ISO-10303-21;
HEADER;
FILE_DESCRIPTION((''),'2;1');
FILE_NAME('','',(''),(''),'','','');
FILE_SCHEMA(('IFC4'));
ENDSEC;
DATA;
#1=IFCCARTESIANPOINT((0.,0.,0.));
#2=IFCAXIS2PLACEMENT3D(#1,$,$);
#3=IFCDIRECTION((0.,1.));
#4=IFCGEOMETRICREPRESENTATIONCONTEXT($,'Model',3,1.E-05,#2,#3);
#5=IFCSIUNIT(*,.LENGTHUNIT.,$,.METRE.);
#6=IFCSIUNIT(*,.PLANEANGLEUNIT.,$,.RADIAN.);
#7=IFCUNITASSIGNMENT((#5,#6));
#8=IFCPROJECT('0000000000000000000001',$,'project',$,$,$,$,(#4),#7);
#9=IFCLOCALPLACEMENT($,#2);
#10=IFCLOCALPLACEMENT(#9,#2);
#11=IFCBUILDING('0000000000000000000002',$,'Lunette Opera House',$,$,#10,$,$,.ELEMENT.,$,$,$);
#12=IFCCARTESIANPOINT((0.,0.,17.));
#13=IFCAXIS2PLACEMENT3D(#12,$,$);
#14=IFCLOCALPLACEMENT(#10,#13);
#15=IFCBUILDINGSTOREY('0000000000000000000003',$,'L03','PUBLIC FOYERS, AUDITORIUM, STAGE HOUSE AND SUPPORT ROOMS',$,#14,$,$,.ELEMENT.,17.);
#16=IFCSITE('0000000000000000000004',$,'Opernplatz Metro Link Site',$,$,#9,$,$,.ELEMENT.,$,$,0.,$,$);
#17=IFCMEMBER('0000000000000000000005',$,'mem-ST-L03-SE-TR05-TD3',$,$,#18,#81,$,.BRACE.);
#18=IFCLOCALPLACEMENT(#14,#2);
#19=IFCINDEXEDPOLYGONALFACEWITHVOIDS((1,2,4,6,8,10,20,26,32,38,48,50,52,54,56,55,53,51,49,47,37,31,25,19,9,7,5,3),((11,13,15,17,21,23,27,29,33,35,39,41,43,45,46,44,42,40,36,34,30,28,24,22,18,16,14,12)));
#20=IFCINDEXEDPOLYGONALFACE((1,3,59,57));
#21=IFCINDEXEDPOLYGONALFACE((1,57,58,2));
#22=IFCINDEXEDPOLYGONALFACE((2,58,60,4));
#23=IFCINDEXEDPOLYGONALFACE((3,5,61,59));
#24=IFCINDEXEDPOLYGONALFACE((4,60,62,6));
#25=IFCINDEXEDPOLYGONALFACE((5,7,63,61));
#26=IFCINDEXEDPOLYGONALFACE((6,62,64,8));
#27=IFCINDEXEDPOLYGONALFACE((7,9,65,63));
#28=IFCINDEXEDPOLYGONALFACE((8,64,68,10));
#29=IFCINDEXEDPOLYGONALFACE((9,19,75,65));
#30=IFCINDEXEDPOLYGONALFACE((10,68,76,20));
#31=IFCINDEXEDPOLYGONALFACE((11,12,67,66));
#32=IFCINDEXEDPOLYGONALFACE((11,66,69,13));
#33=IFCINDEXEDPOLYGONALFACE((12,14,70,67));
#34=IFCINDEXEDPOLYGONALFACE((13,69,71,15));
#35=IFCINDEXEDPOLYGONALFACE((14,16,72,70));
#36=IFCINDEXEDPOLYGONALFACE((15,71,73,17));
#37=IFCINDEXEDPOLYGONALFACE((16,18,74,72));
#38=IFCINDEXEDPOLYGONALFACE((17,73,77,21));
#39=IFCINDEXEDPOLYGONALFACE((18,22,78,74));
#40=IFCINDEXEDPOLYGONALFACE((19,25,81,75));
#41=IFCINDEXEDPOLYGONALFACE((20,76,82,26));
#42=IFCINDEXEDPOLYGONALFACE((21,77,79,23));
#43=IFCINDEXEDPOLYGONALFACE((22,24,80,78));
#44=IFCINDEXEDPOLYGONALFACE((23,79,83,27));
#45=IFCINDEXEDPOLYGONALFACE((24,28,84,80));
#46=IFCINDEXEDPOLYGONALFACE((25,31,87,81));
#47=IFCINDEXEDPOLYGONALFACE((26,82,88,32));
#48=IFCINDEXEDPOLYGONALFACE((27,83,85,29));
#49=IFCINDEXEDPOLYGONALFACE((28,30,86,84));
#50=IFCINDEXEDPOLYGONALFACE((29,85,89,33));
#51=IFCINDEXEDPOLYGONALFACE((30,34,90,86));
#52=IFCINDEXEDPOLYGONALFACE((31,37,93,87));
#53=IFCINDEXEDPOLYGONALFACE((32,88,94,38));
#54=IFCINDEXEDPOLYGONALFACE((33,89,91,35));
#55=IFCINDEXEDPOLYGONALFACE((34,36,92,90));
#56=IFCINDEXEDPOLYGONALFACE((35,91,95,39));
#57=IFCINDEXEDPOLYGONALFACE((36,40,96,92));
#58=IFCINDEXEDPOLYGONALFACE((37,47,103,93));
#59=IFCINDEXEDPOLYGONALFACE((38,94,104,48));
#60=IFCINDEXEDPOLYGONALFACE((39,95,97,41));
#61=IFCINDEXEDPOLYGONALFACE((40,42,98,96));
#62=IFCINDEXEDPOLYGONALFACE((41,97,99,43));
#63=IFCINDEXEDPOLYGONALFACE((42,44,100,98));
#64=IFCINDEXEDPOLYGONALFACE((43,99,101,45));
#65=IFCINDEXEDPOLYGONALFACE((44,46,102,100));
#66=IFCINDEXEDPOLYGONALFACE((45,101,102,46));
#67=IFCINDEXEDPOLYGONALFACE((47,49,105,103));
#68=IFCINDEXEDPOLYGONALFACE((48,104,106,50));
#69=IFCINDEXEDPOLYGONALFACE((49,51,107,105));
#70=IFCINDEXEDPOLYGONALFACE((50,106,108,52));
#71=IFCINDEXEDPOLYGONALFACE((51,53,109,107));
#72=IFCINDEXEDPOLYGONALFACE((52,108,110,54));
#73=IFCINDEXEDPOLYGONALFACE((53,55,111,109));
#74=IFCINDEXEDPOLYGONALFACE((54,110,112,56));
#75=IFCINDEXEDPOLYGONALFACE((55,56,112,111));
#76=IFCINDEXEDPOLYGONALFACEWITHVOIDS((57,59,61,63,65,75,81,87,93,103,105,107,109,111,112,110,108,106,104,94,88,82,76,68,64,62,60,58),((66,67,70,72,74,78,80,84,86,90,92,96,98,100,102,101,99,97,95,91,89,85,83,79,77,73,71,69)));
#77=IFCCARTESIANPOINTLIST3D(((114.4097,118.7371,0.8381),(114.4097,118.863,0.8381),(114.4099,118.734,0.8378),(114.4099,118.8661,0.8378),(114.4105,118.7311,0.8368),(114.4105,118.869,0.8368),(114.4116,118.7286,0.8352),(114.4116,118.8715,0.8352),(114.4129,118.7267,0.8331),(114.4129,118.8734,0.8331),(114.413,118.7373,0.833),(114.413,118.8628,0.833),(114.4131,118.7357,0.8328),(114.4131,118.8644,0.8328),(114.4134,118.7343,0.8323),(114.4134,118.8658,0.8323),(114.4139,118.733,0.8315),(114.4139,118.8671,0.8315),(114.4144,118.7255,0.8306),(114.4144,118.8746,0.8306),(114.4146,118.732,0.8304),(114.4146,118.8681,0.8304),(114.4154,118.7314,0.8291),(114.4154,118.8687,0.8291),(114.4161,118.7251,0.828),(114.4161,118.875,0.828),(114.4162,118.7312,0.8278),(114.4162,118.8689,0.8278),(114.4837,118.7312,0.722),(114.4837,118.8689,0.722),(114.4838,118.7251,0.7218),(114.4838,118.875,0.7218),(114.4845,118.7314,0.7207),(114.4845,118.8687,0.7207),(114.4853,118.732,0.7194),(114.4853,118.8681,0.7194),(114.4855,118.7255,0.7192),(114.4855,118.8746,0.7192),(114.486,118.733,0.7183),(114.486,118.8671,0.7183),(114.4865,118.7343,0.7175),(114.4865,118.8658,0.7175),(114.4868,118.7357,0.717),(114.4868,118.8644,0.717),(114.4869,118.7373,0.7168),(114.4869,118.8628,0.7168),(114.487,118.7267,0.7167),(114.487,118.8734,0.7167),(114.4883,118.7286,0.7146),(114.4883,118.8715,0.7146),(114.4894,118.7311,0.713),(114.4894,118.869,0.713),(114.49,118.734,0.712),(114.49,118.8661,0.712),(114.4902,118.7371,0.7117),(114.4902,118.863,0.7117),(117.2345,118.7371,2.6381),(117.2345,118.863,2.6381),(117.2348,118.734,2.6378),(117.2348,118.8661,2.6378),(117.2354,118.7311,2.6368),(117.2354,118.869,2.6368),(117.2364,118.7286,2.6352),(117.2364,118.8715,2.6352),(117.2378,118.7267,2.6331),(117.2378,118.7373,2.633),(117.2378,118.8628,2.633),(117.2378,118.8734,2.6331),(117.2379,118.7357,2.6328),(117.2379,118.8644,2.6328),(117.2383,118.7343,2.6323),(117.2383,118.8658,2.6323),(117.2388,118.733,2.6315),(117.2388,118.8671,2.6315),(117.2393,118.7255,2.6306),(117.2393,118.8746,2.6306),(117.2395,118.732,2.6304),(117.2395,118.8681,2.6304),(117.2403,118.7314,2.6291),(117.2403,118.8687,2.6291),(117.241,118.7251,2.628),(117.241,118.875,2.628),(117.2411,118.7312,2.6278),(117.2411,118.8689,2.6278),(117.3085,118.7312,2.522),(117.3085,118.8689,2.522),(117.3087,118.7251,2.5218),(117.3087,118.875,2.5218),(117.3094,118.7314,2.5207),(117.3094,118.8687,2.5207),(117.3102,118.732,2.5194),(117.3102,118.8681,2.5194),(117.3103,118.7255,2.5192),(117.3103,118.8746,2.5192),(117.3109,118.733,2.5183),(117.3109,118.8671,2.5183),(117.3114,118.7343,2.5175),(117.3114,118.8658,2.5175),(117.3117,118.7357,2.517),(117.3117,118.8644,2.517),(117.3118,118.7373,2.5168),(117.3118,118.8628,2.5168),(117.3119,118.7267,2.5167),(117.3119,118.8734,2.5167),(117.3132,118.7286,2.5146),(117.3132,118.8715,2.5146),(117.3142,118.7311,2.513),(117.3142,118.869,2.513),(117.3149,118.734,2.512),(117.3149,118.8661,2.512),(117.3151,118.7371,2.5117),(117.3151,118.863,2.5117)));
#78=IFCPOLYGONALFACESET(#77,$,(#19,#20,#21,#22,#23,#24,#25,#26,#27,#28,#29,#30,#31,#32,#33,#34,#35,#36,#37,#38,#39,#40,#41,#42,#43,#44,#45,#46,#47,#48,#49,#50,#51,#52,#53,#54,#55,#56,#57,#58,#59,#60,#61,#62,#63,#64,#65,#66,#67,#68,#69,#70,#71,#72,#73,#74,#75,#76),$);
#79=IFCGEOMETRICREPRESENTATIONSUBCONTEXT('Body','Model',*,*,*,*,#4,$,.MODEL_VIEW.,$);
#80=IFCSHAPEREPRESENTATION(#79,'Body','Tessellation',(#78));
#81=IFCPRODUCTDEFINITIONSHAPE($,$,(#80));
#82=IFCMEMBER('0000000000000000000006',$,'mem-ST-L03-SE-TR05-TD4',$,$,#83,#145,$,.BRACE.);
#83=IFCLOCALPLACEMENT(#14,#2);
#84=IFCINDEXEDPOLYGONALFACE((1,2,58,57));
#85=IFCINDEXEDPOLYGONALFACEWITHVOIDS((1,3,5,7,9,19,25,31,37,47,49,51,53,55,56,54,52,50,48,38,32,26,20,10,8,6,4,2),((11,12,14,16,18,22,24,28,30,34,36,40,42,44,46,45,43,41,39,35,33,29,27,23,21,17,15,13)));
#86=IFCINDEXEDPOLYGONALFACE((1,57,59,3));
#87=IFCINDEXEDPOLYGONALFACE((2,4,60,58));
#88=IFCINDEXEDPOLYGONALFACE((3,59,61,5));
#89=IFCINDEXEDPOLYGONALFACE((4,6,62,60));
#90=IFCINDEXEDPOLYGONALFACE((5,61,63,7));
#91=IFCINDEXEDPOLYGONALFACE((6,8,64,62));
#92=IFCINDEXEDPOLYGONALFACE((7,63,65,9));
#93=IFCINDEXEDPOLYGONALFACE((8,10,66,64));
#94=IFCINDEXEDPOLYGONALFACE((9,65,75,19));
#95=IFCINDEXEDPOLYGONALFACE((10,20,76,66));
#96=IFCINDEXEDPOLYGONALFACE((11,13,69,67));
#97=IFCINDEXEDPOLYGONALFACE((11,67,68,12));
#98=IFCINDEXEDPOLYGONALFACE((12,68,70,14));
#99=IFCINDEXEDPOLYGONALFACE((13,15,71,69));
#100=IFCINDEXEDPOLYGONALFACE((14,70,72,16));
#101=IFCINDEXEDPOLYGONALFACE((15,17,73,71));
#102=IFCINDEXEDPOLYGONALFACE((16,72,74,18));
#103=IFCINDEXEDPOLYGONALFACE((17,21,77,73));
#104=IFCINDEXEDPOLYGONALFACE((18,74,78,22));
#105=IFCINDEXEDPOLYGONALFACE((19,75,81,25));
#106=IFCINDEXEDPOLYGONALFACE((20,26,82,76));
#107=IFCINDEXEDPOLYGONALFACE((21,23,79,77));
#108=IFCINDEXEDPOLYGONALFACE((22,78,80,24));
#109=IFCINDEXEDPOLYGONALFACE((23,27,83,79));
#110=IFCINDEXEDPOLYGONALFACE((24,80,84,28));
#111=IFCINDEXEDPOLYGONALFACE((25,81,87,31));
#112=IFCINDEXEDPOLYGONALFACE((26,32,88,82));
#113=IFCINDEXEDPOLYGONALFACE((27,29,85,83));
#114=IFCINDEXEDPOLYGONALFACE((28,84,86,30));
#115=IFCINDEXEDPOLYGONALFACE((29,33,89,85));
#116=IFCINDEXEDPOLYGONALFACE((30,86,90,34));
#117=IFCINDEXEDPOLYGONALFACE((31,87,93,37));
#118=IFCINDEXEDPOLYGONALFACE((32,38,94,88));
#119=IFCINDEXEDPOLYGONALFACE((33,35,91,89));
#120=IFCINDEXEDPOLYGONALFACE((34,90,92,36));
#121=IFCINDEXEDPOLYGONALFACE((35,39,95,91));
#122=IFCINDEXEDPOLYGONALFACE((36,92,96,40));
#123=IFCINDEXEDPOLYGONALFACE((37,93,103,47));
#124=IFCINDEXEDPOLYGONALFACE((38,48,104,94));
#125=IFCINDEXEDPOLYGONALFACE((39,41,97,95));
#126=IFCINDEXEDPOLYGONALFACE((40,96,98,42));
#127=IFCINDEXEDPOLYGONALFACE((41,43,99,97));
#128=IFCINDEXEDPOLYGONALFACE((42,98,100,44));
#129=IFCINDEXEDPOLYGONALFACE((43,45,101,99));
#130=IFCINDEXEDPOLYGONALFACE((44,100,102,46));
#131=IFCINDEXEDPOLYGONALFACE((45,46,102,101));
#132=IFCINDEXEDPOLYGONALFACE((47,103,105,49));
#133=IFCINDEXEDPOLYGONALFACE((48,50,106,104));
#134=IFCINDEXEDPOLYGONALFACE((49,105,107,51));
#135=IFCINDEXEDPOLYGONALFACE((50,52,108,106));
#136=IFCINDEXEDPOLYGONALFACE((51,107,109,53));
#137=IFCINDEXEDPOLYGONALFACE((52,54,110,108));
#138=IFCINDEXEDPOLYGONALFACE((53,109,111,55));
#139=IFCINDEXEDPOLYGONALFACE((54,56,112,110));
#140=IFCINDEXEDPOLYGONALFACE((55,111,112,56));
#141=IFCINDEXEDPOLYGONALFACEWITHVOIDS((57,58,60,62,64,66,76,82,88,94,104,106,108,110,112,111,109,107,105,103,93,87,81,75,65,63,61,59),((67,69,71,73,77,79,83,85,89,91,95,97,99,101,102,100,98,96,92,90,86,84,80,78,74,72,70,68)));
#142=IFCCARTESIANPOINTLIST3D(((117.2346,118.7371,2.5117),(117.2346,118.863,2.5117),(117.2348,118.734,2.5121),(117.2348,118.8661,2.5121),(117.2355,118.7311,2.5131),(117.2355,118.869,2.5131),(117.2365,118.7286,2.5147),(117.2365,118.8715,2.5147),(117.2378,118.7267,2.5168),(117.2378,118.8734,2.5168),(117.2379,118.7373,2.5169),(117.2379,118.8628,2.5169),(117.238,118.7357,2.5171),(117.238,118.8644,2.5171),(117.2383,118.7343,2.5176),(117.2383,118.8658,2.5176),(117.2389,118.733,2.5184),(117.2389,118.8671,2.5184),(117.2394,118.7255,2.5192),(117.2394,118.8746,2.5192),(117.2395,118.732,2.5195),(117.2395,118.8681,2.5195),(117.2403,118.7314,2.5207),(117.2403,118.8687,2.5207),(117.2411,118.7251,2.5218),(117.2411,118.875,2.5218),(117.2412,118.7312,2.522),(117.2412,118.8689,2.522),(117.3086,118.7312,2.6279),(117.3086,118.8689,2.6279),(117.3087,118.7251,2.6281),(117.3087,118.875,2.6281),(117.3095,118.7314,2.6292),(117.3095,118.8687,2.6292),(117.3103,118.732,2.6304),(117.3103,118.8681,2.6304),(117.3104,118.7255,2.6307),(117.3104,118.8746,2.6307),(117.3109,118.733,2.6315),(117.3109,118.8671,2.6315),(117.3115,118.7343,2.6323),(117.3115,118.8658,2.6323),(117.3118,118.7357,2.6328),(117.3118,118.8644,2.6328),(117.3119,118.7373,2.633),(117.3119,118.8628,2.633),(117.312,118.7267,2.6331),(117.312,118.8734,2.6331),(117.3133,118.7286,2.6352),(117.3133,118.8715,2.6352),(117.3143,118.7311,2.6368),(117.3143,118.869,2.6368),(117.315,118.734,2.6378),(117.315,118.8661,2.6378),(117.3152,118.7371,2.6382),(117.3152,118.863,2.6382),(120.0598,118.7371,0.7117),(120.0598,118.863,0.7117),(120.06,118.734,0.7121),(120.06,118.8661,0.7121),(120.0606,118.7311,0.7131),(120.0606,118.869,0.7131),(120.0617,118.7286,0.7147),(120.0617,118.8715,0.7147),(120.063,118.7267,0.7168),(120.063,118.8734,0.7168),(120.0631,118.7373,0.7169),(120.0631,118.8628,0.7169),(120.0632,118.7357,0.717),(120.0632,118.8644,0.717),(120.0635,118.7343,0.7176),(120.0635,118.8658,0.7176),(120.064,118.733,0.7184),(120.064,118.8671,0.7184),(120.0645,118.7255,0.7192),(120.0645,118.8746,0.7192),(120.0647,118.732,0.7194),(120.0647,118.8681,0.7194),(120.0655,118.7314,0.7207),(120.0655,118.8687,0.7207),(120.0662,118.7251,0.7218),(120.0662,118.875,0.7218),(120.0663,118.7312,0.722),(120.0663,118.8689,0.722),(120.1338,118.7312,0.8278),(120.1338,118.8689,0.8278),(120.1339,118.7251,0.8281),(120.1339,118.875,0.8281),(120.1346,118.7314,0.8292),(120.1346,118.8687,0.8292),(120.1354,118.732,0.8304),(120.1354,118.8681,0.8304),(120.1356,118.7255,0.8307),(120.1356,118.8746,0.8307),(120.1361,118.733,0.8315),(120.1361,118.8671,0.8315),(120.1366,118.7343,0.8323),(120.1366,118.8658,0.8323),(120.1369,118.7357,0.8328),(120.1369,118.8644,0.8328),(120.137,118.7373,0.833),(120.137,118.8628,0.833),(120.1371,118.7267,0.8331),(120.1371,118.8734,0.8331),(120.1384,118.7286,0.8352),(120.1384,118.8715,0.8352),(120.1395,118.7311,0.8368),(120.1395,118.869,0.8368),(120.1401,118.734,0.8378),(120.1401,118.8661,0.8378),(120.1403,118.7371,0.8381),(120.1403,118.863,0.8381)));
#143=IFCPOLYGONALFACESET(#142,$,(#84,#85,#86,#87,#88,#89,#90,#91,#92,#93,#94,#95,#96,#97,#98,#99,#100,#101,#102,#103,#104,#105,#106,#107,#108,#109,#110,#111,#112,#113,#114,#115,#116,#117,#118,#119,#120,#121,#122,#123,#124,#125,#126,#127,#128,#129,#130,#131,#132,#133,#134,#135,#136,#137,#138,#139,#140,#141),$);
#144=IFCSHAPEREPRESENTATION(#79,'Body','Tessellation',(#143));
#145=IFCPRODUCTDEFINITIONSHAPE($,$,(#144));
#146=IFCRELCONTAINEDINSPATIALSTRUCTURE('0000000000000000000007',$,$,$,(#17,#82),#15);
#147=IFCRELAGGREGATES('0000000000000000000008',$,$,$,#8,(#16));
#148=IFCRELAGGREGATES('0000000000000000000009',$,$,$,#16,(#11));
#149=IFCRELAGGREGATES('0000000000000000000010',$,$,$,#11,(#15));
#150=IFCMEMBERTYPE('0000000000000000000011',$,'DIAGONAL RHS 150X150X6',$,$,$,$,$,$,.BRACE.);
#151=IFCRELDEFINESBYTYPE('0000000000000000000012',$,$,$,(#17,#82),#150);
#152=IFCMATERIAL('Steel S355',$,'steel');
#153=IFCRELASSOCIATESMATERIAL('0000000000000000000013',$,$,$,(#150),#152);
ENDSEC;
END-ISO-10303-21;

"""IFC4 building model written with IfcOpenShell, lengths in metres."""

from ifc_helpers import new_model, si_unit, direction, frame, origin, origin_2d, place, context, subcontext, project, spatial, hollow_rectangle, extrude, material, material_profile, profile_set, type_object, element, save


model = new_model("IFC4")

# Units and contexts
model_context = context("Model", 3, precision=1e-05, world=origin(), true_north=direction((0.0, 1.0)))
body_context = subcontext(model_context, "Body", "Model", "MODEL_VIEW")
ifc_project = project(units=[si_unit("LENGTHUNIT", "METRE"), si_unit("PLANEANGLEUNIT", "RADIAN")], contexts=[model_context])

# Site, building, storey
site_placement = place(None, origin())
site = spatial("IfcSite", under=ifc_project, at=site_placement, Name="Opernplatz Metro Link Site", CompositionType="ELEMENT", RefElevation=0.0)
building_placement = place(site_placement, origin())
building = spatial("IfcBuilding", under=site, at=building_placement, Name="Lunette Opera House", CompositionType="ELEMENT")
storey_placement = place(building_placement, frame((0.0, 0.0, 17.0)))
storey = spatial("IfcBuildingStorey", under=building, at=storey_placement, Name="L03", Description="PUBLIC FOYERS, AUDITORIUM, STAGE HOUSE AND SUPPORT ROOMS", CompositionType="ELEMENT", Elevation=17.0)

# Members
ifc_material_1 = material(Name="Steel S355", Category="steel")
ifc_material_profile_1 = material_profile(ifc_material_1, hollow_rectangle(XDim=0.1499, YDim=0.1499, WallThickness=0.0061, InnerFilletRadius=0.0061, OuterFilletRadius=0.012, at=origin_2d()), Name="RHS 150X150X6")
ifc_profile_set_1 = profile_set([ifc_material_profile_1], Name="Steel S355")
member_type_1 = type_object("IfcMemberType", Name="DIAGONAL RHS 150X150X6", PredefinedType="BRACE", material=ifc_profile_set_1)
member_1_placement = place(storey_placement, frame((114.45, 118.8, 0.7749), z_axis=(0.843343, 0.0, 0.537375), x_axis=(0.0, 1.0, 0.0)))
element("IfcMember", 1, at=member_1_placement, inside=storey, type_object=member_type_1, Name="mem-ST-L03-SE-TR05-TD3", PredefinedType="BRACE", context=body_context, shape_type="SweptSolid", body=[
    extrude(hollow_rectangle(XDim=0.1499, YDim=0.1499, WallThickness=0.0061, InnerFilletRadius=0.0061, OuterFilletRadius=0.012, at=origin_2d()), origin(), (0.0, 0.0, 1.0), 3.3496),
])
member_2_placement = place(storey_placement, frame((117.2749, 118.8, 2.575), z_axis=(0.843364, 0.0, -0.537342), x_axis=(0.0, 1.0, 0.0)))
element("IfcMember", 2, at=member_2_placement, inside=storey, type_object=member_type_1, Name="mem-ST-L03-SE-TR05-TD4", PredefinedType="BRACE", context=body_context, shape_type="SweptSolid", body=[
    extrude(hollow_rectangle(XDim=0.1499, YDim=0.1499, WallThickness=0.0061, InnerFilletRadius=0.0061, OuterFilletRadius=0.012, at=origin_2d()), origin(), (0.0, 0.0, 1.0), 3.3499),
])

save(model, "model.ifc")
